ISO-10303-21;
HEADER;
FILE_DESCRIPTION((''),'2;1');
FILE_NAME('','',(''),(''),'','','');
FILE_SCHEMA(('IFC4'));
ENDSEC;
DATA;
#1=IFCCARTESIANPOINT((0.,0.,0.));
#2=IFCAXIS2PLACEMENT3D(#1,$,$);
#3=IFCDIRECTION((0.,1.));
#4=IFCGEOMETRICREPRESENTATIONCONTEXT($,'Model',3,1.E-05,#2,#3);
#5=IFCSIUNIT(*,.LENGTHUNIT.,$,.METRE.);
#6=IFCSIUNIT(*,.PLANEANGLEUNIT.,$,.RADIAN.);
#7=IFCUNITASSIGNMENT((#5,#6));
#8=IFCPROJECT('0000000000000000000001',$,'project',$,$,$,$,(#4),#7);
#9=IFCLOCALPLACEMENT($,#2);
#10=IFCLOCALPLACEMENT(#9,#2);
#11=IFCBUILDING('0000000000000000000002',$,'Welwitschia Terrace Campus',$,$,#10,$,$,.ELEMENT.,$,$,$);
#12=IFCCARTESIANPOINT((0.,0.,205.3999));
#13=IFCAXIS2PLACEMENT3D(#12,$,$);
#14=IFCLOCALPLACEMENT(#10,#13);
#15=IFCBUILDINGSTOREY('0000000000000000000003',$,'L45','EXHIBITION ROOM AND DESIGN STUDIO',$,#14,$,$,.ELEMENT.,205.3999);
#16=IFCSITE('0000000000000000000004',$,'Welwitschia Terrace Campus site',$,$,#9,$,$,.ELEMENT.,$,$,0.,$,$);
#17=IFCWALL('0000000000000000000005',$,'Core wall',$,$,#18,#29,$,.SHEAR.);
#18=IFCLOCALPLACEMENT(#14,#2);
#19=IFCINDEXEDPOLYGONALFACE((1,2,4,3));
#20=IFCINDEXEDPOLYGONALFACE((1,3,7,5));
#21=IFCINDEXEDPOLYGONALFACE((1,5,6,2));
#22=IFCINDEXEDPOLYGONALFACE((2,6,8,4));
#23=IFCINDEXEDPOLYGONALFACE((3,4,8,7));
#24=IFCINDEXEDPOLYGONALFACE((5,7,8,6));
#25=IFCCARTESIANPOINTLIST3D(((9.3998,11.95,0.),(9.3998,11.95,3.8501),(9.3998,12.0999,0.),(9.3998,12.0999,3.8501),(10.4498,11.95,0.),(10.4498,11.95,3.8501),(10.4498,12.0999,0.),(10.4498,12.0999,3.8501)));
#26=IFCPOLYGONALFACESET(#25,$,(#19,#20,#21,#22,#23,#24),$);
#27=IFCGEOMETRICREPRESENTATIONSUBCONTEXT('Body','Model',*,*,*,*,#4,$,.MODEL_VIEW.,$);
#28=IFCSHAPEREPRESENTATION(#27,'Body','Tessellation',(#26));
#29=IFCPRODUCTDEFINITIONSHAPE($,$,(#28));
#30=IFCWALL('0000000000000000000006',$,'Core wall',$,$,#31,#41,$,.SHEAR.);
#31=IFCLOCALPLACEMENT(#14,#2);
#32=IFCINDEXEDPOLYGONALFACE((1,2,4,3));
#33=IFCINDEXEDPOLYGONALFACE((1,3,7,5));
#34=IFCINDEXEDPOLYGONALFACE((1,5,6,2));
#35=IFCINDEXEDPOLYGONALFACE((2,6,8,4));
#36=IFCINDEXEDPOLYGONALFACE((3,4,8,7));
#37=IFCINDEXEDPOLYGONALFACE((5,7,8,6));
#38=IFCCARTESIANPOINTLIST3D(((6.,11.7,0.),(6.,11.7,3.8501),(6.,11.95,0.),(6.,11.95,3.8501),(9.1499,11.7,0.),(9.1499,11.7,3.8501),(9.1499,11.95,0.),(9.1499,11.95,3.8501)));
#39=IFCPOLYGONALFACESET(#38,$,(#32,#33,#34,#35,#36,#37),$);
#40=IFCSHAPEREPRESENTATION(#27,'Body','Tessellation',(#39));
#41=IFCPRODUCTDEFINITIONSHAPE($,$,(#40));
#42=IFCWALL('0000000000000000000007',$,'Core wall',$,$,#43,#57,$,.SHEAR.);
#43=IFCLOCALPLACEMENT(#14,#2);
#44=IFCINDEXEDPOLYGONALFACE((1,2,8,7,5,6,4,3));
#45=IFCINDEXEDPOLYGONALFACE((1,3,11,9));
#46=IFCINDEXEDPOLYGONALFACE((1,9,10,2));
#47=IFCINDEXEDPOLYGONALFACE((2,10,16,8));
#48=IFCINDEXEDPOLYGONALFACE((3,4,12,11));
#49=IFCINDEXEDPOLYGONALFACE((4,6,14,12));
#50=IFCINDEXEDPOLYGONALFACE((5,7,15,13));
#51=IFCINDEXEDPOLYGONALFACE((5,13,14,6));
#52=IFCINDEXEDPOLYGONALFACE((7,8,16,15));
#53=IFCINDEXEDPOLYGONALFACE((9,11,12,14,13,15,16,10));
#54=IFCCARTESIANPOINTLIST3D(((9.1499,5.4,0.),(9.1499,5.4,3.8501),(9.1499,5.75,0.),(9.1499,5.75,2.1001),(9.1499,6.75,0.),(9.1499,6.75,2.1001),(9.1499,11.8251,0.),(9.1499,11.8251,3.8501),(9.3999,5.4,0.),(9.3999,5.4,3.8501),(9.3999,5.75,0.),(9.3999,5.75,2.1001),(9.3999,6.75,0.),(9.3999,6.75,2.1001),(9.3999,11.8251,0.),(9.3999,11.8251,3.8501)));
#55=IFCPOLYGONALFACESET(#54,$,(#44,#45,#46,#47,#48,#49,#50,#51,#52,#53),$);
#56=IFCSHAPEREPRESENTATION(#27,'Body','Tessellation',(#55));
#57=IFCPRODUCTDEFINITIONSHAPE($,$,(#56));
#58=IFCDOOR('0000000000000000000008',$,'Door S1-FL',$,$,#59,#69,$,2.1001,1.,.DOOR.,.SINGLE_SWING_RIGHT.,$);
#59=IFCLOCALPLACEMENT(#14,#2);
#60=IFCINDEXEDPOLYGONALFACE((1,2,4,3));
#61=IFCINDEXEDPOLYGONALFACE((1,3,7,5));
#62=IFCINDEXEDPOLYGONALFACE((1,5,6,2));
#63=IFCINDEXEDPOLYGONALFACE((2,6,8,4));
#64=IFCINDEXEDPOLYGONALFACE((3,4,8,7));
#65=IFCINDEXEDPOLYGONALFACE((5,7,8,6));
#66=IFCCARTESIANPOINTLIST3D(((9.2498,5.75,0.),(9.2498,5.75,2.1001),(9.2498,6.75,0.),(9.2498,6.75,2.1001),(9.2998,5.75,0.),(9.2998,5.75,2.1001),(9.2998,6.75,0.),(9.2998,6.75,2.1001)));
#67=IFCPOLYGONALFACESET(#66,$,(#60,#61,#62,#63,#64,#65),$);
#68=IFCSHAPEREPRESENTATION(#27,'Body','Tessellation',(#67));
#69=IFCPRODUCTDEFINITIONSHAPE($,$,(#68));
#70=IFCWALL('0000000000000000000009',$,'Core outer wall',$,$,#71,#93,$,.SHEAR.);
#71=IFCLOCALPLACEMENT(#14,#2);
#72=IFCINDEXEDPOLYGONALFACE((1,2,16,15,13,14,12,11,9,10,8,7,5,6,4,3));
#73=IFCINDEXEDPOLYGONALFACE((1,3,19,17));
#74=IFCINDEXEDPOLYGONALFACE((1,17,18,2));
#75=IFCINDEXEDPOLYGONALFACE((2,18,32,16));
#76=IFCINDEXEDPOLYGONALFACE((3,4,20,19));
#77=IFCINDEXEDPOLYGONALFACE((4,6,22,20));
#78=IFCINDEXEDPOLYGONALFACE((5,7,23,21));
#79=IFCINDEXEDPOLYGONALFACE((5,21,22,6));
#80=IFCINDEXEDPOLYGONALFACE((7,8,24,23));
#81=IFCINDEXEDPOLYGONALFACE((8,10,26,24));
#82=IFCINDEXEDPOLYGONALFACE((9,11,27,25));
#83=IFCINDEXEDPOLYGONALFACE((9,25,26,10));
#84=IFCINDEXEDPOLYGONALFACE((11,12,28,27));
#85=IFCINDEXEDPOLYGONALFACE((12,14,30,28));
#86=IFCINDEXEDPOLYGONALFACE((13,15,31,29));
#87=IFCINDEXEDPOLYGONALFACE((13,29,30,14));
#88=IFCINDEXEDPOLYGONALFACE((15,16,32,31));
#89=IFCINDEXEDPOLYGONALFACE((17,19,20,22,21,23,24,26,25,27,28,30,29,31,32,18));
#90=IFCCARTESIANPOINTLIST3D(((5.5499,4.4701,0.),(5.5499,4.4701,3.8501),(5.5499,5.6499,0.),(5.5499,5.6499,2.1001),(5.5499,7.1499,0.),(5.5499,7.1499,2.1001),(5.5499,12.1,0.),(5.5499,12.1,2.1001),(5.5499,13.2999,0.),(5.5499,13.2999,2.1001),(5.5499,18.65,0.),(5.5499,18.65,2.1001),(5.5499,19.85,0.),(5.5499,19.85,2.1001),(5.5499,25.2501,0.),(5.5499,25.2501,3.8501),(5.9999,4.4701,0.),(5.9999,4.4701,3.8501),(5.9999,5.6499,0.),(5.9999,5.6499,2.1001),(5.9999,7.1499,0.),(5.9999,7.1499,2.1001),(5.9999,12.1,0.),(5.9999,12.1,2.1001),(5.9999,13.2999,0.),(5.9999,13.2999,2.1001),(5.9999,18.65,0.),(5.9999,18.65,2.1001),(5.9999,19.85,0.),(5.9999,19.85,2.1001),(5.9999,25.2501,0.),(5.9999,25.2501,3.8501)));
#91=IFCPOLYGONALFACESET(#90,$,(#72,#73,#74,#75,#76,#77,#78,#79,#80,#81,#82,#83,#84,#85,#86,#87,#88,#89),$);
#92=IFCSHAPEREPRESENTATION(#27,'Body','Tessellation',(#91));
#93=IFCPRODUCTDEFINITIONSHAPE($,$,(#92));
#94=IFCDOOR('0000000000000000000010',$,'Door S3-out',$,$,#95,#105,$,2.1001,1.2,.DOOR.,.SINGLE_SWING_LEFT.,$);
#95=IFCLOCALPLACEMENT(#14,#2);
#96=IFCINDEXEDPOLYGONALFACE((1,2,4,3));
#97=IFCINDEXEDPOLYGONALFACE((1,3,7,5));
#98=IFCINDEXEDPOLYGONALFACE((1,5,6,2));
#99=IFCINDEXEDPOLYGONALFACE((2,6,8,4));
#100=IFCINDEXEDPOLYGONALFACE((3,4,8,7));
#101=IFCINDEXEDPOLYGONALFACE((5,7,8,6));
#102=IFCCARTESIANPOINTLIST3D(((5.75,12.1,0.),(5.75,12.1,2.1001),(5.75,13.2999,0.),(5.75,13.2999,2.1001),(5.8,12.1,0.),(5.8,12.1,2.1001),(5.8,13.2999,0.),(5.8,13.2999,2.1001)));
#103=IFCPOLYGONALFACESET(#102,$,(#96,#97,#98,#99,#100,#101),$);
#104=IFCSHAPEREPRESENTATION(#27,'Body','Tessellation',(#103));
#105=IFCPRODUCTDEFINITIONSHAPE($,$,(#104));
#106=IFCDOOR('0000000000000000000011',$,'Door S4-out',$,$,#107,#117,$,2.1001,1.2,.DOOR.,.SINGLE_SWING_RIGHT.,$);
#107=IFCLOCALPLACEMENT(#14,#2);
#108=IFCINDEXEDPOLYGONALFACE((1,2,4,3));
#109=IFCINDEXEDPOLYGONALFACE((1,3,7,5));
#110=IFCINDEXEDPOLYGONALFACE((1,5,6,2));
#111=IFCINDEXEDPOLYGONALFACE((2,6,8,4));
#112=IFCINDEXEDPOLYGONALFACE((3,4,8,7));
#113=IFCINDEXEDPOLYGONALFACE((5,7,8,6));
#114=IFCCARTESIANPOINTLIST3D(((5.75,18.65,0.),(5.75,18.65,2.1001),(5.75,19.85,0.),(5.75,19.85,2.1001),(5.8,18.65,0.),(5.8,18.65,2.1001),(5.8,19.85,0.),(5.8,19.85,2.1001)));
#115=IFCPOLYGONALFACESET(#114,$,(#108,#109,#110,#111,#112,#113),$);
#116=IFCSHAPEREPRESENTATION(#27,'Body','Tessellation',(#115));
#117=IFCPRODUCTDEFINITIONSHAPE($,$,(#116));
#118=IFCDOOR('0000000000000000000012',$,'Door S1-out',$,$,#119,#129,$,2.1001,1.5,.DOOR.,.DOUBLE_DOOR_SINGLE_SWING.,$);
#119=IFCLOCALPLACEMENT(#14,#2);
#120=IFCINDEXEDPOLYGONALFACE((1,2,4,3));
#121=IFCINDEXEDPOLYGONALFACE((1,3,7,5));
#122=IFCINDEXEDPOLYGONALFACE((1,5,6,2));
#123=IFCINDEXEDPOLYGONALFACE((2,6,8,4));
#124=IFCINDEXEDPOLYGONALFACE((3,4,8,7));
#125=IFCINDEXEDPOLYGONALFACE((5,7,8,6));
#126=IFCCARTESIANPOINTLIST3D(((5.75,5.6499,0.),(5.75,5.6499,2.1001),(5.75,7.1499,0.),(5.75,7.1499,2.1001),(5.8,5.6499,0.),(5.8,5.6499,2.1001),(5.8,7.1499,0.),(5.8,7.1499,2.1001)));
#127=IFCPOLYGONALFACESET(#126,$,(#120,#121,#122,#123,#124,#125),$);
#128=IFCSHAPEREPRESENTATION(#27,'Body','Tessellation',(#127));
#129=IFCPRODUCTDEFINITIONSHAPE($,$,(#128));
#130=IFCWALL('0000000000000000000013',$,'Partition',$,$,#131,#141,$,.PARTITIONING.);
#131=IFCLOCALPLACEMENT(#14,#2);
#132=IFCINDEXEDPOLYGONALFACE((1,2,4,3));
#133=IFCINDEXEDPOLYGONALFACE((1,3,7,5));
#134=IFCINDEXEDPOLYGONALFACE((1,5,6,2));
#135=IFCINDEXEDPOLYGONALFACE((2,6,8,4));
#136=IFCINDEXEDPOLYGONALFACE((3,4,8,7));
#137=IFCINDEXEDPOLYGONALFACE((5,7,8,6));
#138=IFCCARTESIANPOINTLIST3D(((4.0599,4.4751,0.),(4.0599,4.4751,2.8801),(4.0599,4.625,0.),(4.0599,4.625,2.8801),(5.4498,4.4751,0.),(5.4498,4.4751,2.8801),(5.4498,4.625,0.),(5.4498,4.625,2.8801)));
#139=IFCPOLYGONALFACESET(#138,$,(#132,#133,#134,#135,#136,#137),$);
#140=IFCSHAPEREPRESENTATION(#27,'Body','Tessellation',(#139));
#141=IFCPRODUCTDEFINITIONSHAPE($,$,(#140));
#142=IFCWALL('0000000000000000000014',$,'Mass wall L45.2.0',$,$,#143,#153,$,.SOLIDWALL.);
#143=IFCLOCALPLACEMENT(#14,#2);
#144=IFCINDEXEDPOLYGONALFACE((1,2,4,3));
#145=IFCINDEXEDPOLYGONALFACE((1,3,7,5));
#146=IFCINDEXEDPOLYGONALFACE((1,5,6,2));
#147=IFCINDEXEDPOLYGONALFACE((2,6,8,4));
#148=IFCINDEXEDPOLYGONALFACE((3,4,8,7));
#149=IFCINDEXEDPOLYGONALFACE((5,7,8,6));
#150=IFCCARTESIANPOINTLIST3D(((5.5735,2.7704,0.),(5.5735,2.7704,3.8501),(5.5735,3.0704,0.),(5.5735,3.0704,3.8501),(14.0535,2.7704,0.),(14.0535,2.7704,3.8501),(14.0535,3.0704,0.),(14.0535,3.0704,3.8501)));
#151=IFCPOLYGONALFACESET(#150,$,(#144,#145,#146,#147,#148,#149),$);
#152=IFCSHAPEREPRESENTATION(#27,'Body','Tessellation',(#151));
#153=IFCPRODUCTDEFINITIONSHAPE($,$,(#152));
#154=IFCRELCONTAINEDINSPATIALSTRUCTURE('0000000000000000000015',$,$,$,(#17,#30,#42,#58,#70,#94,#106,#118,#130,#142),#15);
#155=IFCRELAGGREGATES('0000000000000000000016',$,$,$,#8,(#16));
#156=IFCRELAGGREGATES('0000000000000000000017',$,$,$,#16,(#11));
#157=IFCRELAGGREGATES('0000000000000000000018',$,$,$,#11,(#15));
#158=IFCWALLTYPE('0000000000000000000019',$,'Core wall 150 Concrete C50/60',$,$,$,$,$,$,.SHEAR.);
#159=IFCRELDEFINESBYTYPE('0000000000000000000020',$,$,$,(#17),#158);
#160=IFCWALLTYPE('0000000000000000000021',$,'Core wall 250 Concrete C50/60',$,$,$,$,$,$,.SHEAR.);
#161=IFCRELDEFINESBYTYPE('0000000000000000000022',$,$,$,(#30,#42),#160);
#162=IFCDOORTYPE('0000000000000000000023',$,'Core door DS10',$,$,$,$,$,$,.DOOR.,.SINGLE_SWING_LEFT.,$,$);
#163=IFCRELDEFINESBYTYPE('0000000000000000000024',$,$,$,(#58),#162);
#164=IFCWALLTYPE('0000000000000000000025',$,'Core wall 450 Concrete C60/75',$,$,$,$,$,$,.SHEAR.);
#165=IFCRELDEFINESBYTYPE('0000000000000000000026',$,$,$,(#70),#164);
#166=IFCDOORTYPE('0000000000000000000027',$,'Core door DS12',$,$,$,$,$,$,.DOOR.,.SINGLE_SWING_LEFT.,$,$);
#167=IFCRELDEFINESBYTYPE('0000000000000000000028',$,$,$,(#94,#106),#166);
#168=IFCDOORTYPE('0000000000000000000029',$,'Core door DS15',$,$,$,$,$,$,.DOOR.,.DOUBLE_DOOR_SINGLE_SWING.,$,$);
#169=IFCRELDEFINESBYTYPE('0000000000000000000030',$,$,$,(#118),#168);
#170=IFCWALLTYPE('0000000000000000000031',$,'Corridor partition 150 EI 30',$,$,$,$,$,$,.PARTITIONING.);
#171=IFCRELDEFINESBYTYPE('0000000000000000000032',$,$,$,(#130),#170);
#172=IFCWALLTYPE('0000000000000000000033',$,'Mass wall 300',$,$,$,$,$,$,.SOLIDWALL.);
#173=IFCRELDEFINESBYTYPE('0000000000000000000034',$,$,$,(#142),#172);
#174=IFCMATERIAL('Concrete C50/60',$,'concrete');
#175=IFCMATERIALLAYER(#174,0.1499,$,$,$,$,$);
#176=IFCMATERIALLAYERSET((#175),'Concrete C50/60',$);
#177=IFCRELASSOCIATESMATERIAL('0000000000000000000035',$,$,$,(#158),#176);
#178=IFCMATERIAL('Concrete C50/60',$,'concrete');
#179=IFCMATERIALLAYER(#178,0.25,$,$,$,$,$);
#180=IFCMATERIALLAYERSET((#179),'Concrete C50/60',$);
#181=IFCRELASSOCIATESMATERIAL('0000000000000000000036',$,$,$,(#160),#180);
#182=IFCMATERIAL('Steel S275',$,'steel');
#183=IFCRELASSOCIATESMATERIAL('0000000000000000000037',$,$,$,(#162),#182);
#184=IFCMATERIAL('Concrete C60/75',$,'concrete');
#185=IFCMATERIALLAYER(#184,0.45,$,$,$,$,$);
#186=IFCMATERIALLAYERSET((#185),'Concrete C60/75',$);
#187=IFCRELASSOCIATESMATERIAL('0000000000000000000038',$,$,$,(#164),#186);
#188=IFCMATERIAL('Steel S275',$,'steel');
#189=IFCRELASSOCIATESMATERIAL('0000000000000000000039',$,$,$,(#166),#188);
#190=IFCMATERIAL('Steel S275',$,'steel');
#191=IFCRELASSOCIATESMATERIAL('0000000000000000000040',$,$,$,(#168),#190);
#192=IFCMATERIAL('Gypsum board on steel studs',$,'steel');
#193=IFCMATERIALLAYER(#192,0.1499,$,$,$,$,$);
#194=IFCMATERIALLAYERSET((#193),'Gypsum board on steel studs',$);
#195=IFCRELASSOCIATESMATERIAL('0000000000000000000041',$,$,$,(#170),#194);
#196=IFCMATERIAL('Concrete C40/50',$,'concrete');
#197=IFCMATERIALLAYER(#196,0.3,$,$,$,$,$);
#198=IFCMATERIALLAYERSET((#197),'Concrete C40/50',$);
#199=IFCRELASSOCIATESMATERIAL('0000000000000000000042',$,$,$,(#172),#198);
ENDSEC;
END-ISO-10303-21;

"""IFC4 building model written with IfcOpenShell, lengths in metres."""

from ifc_helpers import new_model, si_unit, direction, frame, frame_2d, origin, place, context, subcontext, project, spatial, rectangle, extrude, material, layer, layer_set, type_object, element, fill, save


model = new_model("IFC4")

# Units and contexts
model_context = context("Model", 3, precision=1e-05, world=origin(), true_north=direction((0.0, 1.0)))
body_context = subcontext(model_context, "Body", "Model", "MODEL_VIEW")
ifc_project = project(units=[si_unit("LENGTHUNIT", "METRE"), si_unit("PLANEANGLEUNIT", "RADIAN")], contexts=[model_context])

# Site, building, storey
site_placement = place(None, origin())
site = spatial("IfcSite", under=ifc_project, at=site_placement, Name="Welwitschia Terrace Campus site", CompositionType="ELEMENT", RefElevation=0.0)
building_placement = place(site_placement, origin())
building = spatial("IfcBuilding", under=site, at=building_placement, Name="Welwitschia Terrace Campus", CompositionType="ELEMENT")
storey_placement = place(building_placement, frame((0.0, 0.0, 205.3999)))
storey = spatial("IfcBuildingStorey", under=building, at=storey_placement, Name="L45", Description="EXHIBITION ROOM AND DESIGN STUDIO", CompositionType="ELEMENT", Elevation=205.3999)

# Walls
ifc_material_1 = material(Name="Concrete C50/60", Category="concrete")
ifc_layer_1 = layer(ifc_material_1, 0.1499)
ifc_layer_set_1 = layer_set([ifc_layer_1], Name="Concrete C50/60")
wall_type_1 = type_object("IfcWallType", Name="Core wall 150 Concrete C50/60", PredefinedType="SHEAR", material=ifc_layer_set_1)
for number, where, z_axis, x_axis, name in (
    (1, (9.3999, 12.0249, 0.0), (0.0, 0.0, 1.0), (1.0, 0.0, 0.0), "Core wall"),
):
    element("IfcWall", number, at=place(storey_placement, frame(where, z_axis=z_axis, x_axis=x_axis)), inside=storey, type_object=wall_type_1, Name=name, PredefinedType="SHEAR", context=body_context, shape_type="SweptSolid", body=[
        extrude(rectangle(XDim=1.05, YDim=0.1499, at=frame_2d((0.5249, 0.0))), origin(), (0.0, 0.0, 1.0), 3.8501),
    ])
ifc_material_2 = material(Name="Concrete C50/60", Category="concrete")
ifc_layer_2 = layer(ifc_material_2, 0.25)
ifc_layer_set_2 = layer_set([ifc_layer_2], Name="Concrete C50/60")
wall_type_2 = type_object("IfcWallType", Name="Core wall 250 Concrete C50/60", PredefinedType="SHEAR", material=ifc_layer_set_2)
wall_1_placement = place(storey_placement, frame((6.0, 11.825, 0.0), z_axis=(0.0, 0.0, 1.0), x_axis=(1.0, 0.0, 0.0)))
element("IfcWall", 2, at=wall_1_placement, inside=storey, type_object=wall_type_2, Name="Core wall", PredefinedType="SHEAR", context=body_context, shape_type="SweptSolid", body=[
    extrude(rectangle(XDim=3.1499, YDim=0.25, at=frame_2d((1.575, 0.0))), origin(), (0.0, 0.0, 1.0), 3.8501),
])

# Wall, opening, door
wall_2_placement = place(storey_placement, frame((9.2749, 11.825, 0.0), z_axis=(0.0, 0.0, 1.0), x_axis=(0.0, -1.0, 0.0)))
wall_2 = element("IfcWall", 3, at=wall_2_placement, inside=storey, type_object=wall_type_2, Name="Core wall", PredefinedType="SHEAR", context=body_context, shape_type="SweptSolid", body=[
    extrude(rectangle(XDim=6.425, YDim=0.25, at=frame_2d((3.2124, 0.0))), origin(), (0.0, 0.0, 1.0), 3.8501),
])
opening_1_placement = place(wall_2_placement, frame((5.075, 0.0, 0.0)))
opening_1 = element("IfcOpeningElement", 4, at=opening_1_placement, cuts=wall_2, PredefinedType="OPENING", context=body_context, shape_type="SweptSolid", body=[
    extrude(rectangle(XDim=1.0, YDim=2.1001, at=frame_2d((0.5, 1.05))), frame((0.0, 0.135, 0.0), z_axis=(0.0, -1.0, 0.0), x_axis=(1.0, 0.0, 0.0)), (0.0, 0.0, 1.0), 0.27),
])
ifc_material_3 = material(Name="Steel S275", Category="steel")
door_type_1 = type_object("IfcDoorType", Name="Core door DS10", OperationType="SINGLE_SWING_LEFT", PredefinedType="DOOR", material=ifc_material_3)
door_1_placement = place(opening_1_placement, origin())
door_1 = element("IfcDoor", 5, at=door_1_placement, inside=storey, type_object=door_type_1, Name="Door S1-FL", OperationType="SINGLE_SWING_RIGHT", OverallHeight=2.1001, OverallWidth=1.0, PredefinedType="DOOR", context=body_context, shape_type="SweptSolid", body=[
    extrude(rectangle(XDim=1.0, YDim=2.1001, at=frame_2d((0.5, 1.05))), frame((0.0, 0.0249, 0.0), z_axis=(0.0, -1.0, 0.0), x_axis=(1.0, 0.0, 0.0)), (0.0, 0.0, 1.0), 0.05),
])
fill(opening_1, door_1)

# Wall, openings, doors
ifc_material_4 = material(Name="Concrete C60/75", Category="concrete")
ifc_layer_3 = layer(ifc_material_4, 0.45)
ifc_layer_set_3 = layer_set([ifc_layer_3], Name="Concrete C60/75")
wall_type_3 = type_object("IfcWallType", Name="Core wall 450 Concrete C60/75", PredefinedType="SHEAR", material=ifc_layer_set_3)
wall_3_placement = place(storey_placement, frame((5.7749, 4.47, 0.0), z_axis=(0.0, 0.0, 1.0), x_axis=(0.0, 1.0, 0.0)))
wall_3 = element("IfcWall", 6, at=wall_3_placement, inside=storey, type_object=wall_type_3, Name="Core outer wall", PredefinedType="SHEAR", context=body_context, shape_type="SweptSolid", body=[
    extrude(rectangle(XDim=20.78, YDim=0.45, at=frame_2d((10.3901, 0.0))), origin(), (0.0, 0.0, 1.0), 3.8501),
])
opening_2_placement = place(wall_3_placement, frame((1.1799, 0.0, 0.0)))
opening_2 = element("IfcOpeningElement", 7, at=opening_2_placement, cuts=wall_3, PredefinedType="OPENING", context=body_context, shape_type="SweptSolid", body=[
    extrude(rectangle(XDim=1.5, YDim=2.1001, at=frame_2d((0.75, 1.05))), frame((0.0, 0.2349, 0.0), z_axis=(0.0, -1.0, 0.0), x_axis=(1.0, 0.0, 0.0)), (0.0, 0.0, 1.0), 0.47),
])
opening_3_placement = place(wall_3_placement, frame((7.6299, 0.0, 0.0)))
opening_3 = element("IfcOpeningElement", 8, at=opening_3_placement, cuts=wall_3, PredefinedType="OPENING", context=body_context, shape_type="SweptSolid", body=[
    extrude(rectangle(XDim=1.2, YDim=2.1001, at=frame_2d((0.6001, 1.05))), frame((0.0, 0.2349, 0.0), z_axis=(0.0, -1.0, 0.0), x_axis=(1.0, 0.0, 0.0)), (0.0, 0.0, 1.0), 0.47),
])
opening_4_placement = place(wall_3_placement, frame((14.1799, 0.0, 0.0)))
opening_4 = element("IfcOpeningElement", 9, at=opening_4_placement, cuts=wall_3, PredefinedType="OPENING", context=body_context, shape_type="SweptSolid", body=[
    extrude(rectangle(XDim=1.2, YDim=2.1001, at=frame_2d((0.6001, 1.05))), frame((0.0, 0.2349, 0.0), z_axis=(0.0, -1.0, 0.0), x_axis=(1.0, 0.0, 0.0)), (0.0, 0.0, 1.0), 0.47),
])
ifc_material_5 = material(Name="Steel S275", Category="steel")
door_type_2 = type_object("IfcDoorType", Name="Core door DS12", OperationType="SINGLE_SWING_LEFT", PredefinedType="DOOR", material=ifc_material_5)
door_2_placement = place(opening_3_placement, origin())
door_2 = element("IfcDoor", 10, at=door_2_placement, inside=storey, type_object=door_type_2, Name="Door S3-out", OperationType="SINGLE_SWING_LEFT", OverallHeight=2.1001, OverallWidth=1.2, PredefinedType="DOOR", context=body_context, shape_type="SweptSolid", body=[
    extrude(rectangle(XDim=1.2, YDim=2.1001, at=frame_2d((0.6001, 1.05))), frame((0.0, 0.0249, 0.0), z_axis=(0.0, -1.0, 0.0), x_axis=(1.0, 0.0, 0.0)), (0.0, 0.0, 1.0), 0.05),
])
fill(opening_3, door_2)
door_3_placement = place(opening_4_placement, origin())
door_3 = element("IfcDoor", 11, at=door_3_placement, inside=storey, type_object=door_type_2, Name="Door S4-out", OperationType="SINGLE_SWING_RIGHT", OverallHeight=2.1001, OverallWidth=1.2, PredefinedType="DOOR", context=body_context, shape_type="SweptSolid", body=[
    extrude(rectangle(XDim=1.2, YDim=2.1001, at=frame_2d((0.6001, 1.05))), frame((0.0, 0.0249, 0.0), z_axis=(0.0, -1.0, 0.0), x_axis=(1.0, 0.0, 0.0)), (0.0, 0.0, 1.0), 0.05),
])
fill(opening_4, door_3)
ifc_material_6 = material(Name="Steel S275", Category="steel")
door_type_3 = type_object("IfcDoorType", Name="Core door DS15", OperationType="DOUBLE_DOOR_SINGLE_SWING", PredefinedType="DOOR", material=ifc_material_6)
door_4_placement = place(opening_2_placement, origin())
door_4 = element("IfcDoor", 12, at=door_4_placement, inside=storey, type_object=door_type_3, Name="Door S1-out", OperationType="DOUBLE_DOOR_SINGLE_SWING", OverallHeight=2.1001, OverallWidth=1.5, PredefinedType="DOOR", context=body_context, shape_type="SweptSolid", body=[
    extrude(rectangle(XDim=1.5, YDim=2.1001, at=frame_2d((0.75, 1.05))), frame((0.0, 0.0249, 0.0), z_axis=(0.0, -1.0, 0.0), x_axis=(1.0, 0.0, 0.0)), (0.0, 0.0, 1.0), 0.05),
])
fill(opening_2, door_4)

# Walls
ifc_material_7 = material(Name="Gypsum board on steel studs", Category="steel")
ifc_layer_4 = layer(ifc_material_7, 0.1499)
ifc_layer_set_4 = layer_set([ifc_layer_4], Name="Gypsum board on steel studs")
wall_type_4 = type_object("IfcWallType", Name="Corridor partition 150 EI 30", PredefinedType="PARTITIONING", material=ifc_layer_set_4)
wall_4_placement = place(storey_placement, frame((4.0601, 4.55, 0.0), z_axis=(0.0, 0.0, 1.0), x_axis=(1.0, 0.0, 0.0)))
element("IfcWall", 13, at=wall_4_placement, inside=storey, type_object=wall_type_4, Name="Partition", PredefinedType="PARTITIONING", context=body_context, shape_type="SweptSolid", body=[
    extrude(rectangle(XDim=1.3899, YDim=0.1499, at=frame_2d((0.6948, 0.0))), origin(), (0.0, 0.0, 1.0), 2.8801),
])
ifc_material_8 = material(Name="Concrete C40/50", Category="concrete")
ifc_layer_5 = layer(ifc_material_8, 0.3)
ifc_layer_set_5 = layer_set([ifc_layer_5], Name="Concrete C40/50")
wall_type_5 = type_object("IfcWallType", Name="Mass wall 300", PredefinedType="SOLIDWALL", material=ifc_layer_set_5)
wall_5_placement = place(storey_placement, frame((5.5735, 2.9204, 0.0), z_axis=(0.0, 0.0, 1.0), x_axis=(1.0, 0.0, 0.0)))
element("IfcWall", 14, at=wall_5_placement, inside=storey, type_object=wall_type_5, Name="Mass wall L45.2.0", PredefinedType="SOLIDWALL", context=body_context, shape_type="SweptSolid", body=[
    extrude(rectangle(XDim=8.48, YDim=0.3, at=frame_2d((4.24, 0.0))), origin(), (0.0, 0.0, 1.0), 3.8501),
])

save(model, "model.ifc")
